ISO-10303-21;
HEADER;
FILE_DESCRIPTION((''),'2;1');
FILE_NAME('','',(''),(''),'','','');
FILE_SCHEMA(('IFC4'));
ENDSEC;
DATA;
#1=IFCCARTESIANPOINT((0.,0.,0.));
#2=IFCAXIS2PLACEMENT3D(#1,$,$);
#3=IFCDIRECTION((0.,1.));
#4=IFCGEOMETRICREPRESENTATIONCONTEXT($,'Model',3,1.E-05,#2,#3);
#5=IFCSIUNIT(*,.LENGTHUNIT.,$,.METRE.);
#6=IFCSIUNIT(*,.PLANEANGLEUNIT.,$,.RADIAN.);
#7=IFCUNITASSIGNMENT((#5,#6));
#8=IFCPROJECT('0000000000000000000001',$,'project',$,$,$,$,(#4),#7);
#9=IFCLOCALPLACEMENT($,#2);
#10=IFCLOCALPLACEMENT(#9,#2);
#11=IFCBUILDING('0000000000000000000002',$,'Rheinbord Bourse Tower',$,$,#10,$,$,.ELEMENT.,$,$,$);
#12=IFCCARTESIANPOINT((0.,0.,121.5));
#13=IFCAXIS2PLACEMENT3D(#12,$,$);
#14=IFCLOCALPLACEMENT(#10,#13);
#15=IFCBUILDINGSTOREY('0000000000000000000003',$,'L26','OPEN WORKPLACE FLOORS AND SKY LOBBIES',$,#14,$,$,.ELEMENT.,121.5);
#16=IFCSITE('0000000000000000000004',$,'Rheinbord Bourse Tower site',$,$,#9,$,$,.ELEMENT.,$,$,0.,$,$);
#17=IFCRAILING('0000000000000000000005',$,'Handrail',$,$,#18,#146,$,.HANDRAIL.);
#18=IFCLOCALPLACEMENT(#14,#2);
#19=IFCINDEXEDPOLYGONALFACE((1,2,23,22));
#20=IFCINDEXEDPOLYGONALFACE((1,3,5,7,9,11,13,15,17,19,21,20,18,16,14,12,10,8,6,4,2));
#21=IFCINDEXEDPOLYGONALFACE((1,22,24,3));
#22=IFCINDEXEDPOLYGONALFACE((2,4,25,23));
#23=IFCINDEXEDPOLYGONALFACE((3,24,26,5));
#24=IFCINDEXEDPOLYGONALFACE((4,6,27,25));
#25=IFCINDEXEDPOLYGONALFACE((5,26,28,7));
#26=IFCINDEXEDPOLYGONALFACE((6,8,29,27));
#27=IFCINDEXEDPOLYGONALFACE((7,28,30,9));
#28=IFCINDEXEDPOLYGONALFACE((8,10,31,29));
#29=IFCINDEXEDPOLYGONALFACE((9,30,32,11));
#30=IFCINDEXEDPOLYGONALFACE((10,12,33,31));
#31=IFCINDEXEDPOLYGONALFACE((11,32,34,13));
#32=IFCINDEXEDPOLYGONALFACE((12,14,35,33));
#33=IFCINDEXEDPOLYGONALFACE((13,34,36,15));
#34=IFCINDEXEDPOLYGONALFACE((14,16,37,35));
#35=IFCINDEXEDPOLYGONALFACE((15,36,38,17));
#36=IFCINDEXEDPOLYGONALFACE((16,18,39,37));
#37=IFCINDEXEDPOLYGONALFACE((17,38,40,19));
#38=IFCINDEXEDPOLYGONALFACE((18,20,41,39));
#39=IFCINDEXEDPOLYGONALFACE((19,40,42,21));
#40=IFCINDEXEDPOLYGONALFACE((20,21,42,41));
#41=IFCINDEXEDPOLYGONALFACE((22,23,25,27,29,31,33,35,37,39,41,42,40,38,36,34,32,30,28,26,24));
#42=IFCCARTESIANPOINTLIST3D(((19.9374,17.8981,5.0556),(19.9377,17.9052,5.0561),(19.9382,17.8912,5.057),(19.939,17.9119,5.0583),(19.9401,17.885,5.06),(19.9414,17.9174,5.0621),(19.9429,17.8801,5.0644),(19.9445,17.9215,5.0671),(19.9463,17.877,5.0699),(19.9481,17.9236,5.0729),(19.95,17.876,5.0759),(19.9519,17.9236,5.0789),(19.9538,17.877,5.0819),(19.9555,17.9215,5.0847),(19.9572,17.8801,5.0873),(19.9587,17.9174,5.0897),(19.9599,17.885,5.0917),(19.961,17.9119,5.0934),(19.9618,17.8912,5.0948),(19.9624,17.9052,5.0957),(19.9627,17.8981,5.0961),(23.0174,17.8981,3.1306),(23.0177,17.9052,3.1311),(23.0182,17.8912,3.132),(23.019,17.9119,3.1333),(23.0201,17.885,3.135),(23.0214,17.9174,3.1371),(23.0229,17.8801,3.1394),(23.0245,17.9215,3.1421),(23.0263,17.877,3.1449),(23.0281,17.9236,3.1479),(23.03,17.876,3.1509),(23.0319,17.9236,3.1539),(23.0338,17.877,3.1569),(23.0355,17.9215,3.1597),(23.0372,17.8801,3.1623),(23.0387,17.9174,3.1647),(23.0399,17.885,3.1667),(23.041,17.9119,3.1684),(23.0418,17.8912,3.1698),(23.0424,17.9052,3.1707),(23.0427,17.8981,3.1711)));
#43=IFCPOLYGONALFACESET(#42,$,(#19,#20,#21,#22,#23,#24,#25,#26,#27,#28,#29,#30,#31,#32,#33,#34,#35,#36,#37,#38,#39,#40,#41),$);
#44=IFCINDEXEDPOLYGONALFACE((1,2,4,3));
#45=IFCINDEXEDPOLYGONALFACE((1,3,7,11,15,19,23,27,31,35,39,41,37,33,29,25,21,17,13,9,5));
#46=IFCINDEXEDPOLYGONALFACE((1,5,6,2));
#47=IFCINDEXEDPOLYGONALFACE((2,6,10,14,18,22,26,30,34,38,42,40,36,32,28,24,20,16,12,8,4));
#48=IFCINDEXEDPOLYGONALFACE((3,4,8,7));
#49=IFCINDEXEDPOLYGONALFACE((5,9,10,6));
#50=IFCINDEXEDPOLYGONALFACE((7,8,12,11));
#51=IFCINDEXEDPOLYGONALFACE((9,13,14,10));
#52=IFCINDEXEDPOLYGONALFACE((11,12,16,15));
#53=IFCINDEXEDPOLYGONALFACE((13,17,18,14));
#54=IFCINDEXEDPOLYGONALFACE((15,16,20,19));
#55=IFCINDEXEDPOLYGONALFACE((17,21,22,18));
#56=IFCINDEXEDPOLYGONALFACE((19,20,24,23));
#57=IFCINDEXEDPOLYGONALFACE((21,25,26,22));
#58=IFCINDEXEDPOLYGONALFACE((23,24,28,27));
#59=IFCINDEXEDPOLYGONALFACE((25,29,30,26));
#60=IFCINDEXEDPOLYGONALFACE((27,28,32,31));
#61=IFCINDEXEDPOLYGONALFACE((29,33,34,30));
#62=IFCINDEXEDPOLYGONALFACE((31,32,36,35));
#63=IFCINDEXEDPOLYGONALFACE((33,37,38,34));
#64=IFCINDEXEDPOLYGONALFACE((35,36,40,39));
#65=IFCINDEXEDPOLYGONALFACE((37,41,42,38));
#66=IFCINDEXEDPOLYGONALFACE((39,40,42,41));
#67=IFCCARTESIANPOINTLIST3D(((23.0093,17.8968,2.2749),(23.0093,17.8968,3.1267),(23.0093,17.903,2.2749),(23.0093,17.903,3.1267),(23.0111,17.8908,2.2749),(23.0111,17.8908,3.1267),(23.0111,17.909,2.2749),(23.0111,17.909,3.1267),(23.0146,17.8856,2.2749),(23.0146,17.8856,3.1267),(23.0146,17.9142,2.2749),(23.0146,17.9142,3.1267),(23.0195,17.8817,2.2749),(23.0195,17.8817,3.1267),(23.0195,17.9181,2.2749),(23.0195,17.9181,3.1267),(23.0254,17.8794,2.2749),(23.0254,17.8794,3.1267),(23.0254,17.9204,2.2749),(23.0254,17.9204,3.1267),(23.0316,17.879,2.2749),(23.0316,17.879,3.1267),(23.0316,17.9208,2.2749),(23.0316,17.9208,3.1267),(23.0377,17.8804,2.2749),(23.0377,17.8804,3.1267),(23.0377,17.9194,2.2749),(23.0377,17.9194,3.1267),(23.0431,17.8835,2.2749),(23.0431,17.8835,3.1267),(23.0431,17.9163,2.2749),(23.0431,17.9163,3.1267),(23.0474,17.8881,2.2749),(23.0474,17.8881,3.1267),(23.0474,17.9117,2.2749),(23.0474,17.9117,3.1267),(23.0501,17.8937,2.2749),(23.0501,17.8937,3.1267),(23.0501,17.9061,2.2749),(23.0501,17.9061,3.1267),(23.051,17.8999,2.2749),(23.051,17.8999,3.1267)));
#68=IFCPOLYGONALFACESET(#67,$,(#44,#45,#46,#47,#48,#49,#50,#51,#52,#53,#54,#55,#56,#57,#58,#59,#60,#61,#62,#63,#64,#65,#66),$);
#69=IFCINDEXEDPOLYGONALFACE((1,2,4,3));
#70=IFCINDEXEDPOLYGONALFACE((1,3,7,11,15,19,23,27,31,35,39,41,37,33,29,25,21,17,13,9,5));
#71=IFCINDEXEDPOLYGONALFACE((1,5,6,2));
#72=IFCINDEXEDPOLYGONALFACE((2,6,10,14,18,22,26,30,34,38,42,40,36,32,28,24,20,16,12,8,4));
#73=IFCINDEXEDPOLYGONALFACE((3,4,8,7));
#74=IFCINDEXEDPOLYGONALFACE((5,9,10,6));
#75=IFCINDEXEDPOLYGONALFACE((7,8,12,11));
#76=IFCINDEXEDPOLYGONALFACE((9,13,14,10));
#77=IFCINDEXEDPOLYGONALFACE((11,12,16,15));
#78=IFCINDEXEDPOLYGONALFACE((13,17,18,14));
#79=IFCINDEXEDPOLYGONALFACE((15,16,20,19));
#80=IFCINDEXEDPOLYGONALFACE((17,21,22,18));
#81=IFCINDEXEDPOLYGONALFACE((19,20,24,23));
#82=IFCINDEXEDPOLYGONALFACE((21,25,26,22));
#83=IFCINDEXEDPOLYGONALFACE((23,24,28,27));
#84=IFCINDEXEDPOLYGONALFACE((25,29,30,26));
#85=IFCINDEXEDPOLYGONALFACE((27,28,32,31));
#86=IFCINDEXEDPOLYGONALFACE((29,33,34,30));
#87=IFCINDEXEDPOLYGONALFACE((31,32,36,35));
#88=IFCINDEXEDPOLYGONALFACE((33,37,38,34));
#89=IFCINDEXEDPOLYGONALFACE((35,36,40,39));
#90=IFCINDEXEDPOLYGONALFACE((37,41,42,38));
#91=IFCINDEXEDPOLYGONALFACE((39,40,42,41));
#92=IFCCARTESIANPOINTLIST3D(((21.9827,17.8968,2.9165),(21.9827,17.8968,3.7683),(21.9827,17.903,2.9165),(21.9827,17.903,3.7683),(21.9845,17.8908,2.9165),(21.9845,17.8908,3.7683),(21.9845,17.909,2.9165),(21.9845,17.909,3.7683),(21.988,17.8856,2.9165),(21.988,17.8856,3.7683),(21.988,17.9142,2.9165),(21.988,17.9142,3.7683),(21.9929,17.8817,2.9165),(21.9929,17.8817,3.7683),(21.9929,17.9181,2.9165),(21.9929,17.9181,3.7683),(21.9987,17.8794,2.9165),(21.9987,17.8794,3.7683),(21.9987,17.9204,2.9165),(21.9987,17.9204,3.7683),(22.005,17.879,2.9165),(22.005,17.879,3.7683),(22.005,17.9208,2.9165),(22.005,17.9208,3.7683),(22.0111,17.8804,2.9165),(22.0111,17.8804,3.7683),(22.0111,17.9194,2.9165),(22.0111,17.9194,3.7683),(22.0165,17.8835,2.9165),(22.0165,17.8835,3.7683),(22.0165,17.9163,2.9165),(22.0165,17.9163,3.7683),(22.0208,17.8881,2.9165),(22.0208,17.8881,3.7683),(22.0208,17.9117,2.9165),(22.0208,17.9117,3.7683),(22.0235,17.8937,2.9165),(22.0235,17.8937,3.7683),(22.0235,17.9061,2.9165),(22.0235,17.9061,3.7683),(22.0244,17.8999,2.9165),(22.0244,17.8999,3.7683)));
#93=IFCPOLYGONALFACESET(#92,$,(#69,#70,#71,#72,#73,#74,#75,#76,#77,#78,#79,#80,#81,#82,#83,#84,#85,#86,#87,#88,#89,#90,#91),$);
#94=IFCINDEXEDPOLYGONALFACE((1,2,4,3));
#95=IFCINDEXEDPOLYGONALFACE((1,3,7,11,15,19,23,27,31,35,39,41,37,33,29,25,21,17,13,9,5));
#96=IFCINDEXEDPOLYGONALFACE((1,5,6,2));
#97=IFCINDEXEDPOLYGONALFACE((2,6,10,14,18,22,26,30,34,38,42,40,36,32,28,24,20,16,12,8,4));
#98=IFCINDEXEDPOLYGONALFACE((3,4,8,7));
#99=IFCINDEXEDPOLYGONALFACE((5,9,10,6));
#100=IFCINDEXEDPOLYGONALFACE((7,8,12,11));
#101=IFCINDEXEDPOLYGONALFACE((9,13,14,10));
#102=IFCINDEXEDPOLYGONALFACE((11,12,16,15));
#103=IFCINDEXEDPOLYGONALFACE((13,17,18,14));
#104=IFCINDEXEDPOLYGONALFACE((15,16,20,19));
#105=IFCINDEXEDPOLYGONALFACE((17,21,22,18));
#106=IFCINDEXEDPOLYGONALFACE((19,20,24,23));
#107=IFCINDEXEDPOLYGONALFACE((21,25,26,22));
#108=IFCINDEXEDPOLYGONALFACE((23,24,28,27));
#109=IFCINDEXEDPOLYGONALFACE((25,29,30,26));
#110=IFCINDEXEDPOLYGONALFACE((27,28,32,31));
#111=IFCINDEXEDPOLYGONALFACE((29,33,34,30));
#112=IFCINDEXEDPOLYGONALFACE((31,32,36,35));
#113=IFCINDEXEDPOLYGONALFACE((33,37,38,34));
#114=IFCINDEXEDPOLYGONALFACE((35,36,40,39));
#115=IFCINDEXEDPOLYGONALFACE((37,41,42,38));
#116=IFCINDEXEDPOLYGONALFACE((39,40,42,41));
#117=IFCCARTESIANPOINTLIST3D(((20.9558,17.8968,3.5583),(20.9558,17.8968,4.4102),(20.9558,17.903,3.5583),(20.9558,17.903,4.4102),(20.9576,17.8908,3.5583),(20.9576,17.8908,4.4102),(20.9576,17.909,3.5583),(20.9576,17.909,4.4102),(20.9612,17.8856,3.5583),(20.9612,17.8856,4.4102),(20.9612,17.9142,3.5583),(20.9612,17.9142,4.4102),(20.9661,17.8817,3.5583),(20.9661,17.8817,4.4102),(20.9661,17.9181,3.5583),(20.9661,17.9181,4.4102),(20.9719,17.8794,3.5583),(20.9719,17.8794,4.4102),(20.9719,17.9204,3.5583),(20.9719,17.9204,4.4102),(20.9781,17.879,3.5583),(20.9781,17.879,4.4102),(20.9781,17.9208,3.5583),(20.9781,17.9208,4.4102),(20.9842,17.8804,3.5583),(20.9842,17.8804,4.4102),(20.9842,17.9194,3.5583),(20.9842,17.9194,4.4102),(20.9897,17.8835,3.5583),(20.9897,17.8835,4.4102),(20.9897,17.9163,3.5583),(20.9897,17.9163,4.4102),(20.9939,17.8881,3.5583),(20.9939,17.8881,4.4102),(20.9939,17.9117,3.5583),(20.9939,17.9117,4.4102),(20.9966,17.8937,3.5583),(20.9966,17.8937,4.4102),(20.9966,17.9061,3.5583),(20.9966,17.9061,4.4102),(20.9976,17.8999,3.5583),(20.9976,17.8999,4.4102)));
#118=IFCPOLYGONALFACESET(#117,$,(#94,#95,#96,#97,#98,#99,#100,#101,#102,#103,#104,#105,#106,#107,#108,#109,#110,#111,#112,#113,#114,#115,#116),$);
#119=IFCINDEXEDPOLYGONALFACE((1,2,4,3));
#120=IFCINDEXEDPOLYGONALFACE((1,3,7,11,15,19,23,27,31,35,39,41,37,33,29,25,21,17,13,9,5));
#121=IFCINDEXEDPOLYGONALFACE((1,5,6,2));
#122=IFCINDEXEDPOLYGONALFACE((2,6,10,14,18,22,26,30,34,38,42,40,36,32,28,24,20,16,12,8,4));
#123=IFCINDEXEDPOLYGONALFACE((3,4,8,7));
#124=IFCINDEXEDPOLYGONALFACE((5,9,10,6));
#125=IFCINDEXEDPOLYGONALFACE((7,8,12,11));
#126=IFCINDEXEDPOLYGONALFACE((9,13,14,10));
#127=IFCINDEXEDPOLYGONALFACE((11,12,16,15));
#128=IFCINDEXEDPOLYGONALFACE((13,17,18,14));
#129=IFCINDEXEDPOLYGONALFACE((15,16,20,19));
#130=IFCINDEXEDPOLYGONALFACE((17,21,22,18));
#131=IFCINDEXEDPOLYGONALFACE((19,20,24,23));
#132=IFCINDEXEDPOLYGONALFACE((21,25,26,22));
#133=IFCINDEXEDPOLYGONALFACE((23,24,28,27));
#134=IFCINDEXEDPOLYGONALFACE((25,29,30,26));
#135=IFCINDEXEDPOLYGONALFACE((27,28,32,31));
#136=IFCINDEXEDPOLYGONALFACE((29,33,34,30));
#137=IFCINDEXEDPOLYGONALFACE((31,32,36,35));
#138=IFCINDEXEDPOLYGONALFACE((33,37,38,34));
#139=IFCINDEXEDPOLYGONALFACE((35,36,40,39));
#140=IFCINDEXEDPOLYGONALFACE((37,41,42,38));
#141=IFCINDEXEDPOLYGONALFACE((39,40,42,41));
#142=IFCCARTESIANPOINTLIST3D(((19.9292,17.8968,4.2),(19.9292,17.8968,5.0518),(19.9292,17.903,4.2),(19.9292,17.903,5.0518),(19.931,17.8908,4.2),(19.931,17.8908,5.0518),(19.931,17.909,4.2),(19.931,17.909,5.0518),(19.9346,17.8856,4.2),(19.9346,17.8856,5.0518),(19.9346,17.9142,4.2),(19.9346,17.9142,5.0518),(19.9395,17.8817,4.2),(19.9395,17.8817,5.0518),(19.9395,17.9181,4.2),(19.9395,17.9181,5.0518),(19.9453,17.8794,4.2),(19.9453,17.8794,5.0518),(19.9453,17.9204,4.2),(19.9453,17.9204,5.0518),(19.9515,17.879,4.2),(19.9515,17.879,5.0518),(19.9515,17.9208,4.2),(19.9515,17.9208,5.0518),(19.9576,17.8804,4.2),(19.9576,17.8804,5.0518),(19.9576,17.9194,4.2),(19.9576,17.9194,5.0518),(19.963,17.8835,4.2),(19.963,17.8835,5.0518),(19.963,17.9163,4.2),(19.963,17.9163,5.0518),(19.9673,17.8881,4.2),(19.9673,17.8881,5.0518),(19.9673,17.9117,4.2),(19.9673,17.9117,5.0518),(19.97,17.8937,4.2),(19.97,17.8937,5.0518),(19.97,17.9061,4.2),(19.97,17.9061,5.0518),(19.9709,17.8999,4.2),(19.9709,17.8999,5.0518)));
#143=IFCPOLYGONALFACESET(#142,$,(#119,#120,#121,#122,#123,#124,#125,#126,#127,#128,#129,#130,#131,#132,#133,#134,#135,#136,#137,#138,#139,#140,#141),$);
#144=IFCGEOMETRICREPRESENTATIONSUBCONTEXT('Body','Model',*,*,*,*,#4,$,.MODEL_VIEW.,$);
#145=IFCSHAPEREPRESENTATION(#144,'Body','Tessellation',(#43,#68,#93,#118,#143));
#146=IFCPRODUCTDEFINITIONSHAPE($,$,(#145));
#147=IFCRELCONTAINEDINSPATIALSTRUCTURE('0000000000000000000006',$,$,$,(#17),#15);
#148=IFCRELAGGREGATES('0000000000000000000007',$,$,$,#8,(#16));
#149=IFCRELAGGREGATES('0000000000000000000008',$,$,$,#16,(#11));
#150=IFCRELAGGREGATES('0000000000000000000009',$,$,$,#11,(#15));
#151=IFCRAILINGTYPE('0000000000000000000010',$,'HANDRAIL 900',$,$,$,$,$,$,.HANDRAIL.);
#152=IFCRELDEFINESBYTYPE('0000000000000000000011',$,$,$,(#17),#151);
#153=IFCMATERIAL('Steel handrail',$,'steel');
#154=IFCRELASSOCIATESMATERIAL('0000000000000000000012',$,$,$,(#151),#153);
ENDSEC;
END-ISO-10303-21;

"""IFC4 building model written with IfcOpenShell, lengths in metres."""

from ifc_helpers import new_model, si_unit, direction, frame, origin, origin_2d, place, context, subcontext, project, spatial, circle, extrude, material, type_object, element, save


model = new_model("IFC4")

# Units and contexts
model_context = context("Model", 3, precision=1e-05, world=origin(), true_north=direction((0.0, 1.0)))
body_context = subcontext(model_context, "Body", "Model", "MODEL_VIEW")
ifc_project = project(units=[si_unit("LENGTHUNIT", "METRE"), si_unit("PLANEANGLEUNIT", "RADIAN")], contexts=[model_context])

# Site, building, storey
site_placement = place(None, origin())
site = spatial("IfcSite", under=ifc_project, at=site_placement, Name="Rheinbord Bourse Tower site", CompositionType="ELEMENT", RefElevation=0.0)
building_placement = place(site_placement, origin())
building = spatial("IfcBuilding", under=site, at=building_placement, Name="Rheinbord Bourse Tower", CompositionType="ELEMENT")
storey_placement = place(building_placement, frame((0.0, 0.0, 121.5)))
storey = spatial("IfcBuildingStorey", under=building, at=storey_placement, Name="L26", Description="OPEN WORKPLACE FLOORS AND SKY LOBBIES", CompositionType="ELEMENT", Elevation=121.5)

# Railing
ifc_material_1 = material(Name="Steel handrail", Category="steel")
railing_type = type_object("IfcRailingType", Name="HANDRAIL 900", PredefinedType="HANDRAIL", material=ifc_material_1)
railing_1_placement = place(storey_placement, frame((23.03, 17.8999, 2.2749)))
element("IfcRailing", 1, at=railing_1_placement, inside=storey, type_object=railing_type, Name="Handrail", PredefinedType="HANDRAIL", context=body_context, shape_type="SweptSolid", body=[
    extrude(circle(Radius=0.0239, at=origin_2d()), frame((0.0, 0.0, 0.876), z_axis=(-0.847998, 0.0, 0.529999), x_axis=(0.0, -1.0, 0.0)), (0.0, 0.0, 1.0), 3.6321),
    extrude(circle(Radius=0.021, at=origin_2d()), origin(), (0.0, 0.0, 1.0), 0.8518),
    extrude(circle(Radius=0.021, at=origin_2d()), frame((-1.0266, 0.0, 0.6416)), (0.0, 0.0, 1.0), 0.8518),
    extrude(circle(Radius=0.021, at=origin_2d()), frame((-2.0535, 0.0, 1.2834)), (0.0, 0.0, 1.0), 0.8518),
    extrude(circle(Radius=0.021, at=origin_2d()), frame((-3.0801, 0.0, 1.925)), (0.0, 0.0, 1.0), 0.8518),
])

save(model, "model.ifc")
